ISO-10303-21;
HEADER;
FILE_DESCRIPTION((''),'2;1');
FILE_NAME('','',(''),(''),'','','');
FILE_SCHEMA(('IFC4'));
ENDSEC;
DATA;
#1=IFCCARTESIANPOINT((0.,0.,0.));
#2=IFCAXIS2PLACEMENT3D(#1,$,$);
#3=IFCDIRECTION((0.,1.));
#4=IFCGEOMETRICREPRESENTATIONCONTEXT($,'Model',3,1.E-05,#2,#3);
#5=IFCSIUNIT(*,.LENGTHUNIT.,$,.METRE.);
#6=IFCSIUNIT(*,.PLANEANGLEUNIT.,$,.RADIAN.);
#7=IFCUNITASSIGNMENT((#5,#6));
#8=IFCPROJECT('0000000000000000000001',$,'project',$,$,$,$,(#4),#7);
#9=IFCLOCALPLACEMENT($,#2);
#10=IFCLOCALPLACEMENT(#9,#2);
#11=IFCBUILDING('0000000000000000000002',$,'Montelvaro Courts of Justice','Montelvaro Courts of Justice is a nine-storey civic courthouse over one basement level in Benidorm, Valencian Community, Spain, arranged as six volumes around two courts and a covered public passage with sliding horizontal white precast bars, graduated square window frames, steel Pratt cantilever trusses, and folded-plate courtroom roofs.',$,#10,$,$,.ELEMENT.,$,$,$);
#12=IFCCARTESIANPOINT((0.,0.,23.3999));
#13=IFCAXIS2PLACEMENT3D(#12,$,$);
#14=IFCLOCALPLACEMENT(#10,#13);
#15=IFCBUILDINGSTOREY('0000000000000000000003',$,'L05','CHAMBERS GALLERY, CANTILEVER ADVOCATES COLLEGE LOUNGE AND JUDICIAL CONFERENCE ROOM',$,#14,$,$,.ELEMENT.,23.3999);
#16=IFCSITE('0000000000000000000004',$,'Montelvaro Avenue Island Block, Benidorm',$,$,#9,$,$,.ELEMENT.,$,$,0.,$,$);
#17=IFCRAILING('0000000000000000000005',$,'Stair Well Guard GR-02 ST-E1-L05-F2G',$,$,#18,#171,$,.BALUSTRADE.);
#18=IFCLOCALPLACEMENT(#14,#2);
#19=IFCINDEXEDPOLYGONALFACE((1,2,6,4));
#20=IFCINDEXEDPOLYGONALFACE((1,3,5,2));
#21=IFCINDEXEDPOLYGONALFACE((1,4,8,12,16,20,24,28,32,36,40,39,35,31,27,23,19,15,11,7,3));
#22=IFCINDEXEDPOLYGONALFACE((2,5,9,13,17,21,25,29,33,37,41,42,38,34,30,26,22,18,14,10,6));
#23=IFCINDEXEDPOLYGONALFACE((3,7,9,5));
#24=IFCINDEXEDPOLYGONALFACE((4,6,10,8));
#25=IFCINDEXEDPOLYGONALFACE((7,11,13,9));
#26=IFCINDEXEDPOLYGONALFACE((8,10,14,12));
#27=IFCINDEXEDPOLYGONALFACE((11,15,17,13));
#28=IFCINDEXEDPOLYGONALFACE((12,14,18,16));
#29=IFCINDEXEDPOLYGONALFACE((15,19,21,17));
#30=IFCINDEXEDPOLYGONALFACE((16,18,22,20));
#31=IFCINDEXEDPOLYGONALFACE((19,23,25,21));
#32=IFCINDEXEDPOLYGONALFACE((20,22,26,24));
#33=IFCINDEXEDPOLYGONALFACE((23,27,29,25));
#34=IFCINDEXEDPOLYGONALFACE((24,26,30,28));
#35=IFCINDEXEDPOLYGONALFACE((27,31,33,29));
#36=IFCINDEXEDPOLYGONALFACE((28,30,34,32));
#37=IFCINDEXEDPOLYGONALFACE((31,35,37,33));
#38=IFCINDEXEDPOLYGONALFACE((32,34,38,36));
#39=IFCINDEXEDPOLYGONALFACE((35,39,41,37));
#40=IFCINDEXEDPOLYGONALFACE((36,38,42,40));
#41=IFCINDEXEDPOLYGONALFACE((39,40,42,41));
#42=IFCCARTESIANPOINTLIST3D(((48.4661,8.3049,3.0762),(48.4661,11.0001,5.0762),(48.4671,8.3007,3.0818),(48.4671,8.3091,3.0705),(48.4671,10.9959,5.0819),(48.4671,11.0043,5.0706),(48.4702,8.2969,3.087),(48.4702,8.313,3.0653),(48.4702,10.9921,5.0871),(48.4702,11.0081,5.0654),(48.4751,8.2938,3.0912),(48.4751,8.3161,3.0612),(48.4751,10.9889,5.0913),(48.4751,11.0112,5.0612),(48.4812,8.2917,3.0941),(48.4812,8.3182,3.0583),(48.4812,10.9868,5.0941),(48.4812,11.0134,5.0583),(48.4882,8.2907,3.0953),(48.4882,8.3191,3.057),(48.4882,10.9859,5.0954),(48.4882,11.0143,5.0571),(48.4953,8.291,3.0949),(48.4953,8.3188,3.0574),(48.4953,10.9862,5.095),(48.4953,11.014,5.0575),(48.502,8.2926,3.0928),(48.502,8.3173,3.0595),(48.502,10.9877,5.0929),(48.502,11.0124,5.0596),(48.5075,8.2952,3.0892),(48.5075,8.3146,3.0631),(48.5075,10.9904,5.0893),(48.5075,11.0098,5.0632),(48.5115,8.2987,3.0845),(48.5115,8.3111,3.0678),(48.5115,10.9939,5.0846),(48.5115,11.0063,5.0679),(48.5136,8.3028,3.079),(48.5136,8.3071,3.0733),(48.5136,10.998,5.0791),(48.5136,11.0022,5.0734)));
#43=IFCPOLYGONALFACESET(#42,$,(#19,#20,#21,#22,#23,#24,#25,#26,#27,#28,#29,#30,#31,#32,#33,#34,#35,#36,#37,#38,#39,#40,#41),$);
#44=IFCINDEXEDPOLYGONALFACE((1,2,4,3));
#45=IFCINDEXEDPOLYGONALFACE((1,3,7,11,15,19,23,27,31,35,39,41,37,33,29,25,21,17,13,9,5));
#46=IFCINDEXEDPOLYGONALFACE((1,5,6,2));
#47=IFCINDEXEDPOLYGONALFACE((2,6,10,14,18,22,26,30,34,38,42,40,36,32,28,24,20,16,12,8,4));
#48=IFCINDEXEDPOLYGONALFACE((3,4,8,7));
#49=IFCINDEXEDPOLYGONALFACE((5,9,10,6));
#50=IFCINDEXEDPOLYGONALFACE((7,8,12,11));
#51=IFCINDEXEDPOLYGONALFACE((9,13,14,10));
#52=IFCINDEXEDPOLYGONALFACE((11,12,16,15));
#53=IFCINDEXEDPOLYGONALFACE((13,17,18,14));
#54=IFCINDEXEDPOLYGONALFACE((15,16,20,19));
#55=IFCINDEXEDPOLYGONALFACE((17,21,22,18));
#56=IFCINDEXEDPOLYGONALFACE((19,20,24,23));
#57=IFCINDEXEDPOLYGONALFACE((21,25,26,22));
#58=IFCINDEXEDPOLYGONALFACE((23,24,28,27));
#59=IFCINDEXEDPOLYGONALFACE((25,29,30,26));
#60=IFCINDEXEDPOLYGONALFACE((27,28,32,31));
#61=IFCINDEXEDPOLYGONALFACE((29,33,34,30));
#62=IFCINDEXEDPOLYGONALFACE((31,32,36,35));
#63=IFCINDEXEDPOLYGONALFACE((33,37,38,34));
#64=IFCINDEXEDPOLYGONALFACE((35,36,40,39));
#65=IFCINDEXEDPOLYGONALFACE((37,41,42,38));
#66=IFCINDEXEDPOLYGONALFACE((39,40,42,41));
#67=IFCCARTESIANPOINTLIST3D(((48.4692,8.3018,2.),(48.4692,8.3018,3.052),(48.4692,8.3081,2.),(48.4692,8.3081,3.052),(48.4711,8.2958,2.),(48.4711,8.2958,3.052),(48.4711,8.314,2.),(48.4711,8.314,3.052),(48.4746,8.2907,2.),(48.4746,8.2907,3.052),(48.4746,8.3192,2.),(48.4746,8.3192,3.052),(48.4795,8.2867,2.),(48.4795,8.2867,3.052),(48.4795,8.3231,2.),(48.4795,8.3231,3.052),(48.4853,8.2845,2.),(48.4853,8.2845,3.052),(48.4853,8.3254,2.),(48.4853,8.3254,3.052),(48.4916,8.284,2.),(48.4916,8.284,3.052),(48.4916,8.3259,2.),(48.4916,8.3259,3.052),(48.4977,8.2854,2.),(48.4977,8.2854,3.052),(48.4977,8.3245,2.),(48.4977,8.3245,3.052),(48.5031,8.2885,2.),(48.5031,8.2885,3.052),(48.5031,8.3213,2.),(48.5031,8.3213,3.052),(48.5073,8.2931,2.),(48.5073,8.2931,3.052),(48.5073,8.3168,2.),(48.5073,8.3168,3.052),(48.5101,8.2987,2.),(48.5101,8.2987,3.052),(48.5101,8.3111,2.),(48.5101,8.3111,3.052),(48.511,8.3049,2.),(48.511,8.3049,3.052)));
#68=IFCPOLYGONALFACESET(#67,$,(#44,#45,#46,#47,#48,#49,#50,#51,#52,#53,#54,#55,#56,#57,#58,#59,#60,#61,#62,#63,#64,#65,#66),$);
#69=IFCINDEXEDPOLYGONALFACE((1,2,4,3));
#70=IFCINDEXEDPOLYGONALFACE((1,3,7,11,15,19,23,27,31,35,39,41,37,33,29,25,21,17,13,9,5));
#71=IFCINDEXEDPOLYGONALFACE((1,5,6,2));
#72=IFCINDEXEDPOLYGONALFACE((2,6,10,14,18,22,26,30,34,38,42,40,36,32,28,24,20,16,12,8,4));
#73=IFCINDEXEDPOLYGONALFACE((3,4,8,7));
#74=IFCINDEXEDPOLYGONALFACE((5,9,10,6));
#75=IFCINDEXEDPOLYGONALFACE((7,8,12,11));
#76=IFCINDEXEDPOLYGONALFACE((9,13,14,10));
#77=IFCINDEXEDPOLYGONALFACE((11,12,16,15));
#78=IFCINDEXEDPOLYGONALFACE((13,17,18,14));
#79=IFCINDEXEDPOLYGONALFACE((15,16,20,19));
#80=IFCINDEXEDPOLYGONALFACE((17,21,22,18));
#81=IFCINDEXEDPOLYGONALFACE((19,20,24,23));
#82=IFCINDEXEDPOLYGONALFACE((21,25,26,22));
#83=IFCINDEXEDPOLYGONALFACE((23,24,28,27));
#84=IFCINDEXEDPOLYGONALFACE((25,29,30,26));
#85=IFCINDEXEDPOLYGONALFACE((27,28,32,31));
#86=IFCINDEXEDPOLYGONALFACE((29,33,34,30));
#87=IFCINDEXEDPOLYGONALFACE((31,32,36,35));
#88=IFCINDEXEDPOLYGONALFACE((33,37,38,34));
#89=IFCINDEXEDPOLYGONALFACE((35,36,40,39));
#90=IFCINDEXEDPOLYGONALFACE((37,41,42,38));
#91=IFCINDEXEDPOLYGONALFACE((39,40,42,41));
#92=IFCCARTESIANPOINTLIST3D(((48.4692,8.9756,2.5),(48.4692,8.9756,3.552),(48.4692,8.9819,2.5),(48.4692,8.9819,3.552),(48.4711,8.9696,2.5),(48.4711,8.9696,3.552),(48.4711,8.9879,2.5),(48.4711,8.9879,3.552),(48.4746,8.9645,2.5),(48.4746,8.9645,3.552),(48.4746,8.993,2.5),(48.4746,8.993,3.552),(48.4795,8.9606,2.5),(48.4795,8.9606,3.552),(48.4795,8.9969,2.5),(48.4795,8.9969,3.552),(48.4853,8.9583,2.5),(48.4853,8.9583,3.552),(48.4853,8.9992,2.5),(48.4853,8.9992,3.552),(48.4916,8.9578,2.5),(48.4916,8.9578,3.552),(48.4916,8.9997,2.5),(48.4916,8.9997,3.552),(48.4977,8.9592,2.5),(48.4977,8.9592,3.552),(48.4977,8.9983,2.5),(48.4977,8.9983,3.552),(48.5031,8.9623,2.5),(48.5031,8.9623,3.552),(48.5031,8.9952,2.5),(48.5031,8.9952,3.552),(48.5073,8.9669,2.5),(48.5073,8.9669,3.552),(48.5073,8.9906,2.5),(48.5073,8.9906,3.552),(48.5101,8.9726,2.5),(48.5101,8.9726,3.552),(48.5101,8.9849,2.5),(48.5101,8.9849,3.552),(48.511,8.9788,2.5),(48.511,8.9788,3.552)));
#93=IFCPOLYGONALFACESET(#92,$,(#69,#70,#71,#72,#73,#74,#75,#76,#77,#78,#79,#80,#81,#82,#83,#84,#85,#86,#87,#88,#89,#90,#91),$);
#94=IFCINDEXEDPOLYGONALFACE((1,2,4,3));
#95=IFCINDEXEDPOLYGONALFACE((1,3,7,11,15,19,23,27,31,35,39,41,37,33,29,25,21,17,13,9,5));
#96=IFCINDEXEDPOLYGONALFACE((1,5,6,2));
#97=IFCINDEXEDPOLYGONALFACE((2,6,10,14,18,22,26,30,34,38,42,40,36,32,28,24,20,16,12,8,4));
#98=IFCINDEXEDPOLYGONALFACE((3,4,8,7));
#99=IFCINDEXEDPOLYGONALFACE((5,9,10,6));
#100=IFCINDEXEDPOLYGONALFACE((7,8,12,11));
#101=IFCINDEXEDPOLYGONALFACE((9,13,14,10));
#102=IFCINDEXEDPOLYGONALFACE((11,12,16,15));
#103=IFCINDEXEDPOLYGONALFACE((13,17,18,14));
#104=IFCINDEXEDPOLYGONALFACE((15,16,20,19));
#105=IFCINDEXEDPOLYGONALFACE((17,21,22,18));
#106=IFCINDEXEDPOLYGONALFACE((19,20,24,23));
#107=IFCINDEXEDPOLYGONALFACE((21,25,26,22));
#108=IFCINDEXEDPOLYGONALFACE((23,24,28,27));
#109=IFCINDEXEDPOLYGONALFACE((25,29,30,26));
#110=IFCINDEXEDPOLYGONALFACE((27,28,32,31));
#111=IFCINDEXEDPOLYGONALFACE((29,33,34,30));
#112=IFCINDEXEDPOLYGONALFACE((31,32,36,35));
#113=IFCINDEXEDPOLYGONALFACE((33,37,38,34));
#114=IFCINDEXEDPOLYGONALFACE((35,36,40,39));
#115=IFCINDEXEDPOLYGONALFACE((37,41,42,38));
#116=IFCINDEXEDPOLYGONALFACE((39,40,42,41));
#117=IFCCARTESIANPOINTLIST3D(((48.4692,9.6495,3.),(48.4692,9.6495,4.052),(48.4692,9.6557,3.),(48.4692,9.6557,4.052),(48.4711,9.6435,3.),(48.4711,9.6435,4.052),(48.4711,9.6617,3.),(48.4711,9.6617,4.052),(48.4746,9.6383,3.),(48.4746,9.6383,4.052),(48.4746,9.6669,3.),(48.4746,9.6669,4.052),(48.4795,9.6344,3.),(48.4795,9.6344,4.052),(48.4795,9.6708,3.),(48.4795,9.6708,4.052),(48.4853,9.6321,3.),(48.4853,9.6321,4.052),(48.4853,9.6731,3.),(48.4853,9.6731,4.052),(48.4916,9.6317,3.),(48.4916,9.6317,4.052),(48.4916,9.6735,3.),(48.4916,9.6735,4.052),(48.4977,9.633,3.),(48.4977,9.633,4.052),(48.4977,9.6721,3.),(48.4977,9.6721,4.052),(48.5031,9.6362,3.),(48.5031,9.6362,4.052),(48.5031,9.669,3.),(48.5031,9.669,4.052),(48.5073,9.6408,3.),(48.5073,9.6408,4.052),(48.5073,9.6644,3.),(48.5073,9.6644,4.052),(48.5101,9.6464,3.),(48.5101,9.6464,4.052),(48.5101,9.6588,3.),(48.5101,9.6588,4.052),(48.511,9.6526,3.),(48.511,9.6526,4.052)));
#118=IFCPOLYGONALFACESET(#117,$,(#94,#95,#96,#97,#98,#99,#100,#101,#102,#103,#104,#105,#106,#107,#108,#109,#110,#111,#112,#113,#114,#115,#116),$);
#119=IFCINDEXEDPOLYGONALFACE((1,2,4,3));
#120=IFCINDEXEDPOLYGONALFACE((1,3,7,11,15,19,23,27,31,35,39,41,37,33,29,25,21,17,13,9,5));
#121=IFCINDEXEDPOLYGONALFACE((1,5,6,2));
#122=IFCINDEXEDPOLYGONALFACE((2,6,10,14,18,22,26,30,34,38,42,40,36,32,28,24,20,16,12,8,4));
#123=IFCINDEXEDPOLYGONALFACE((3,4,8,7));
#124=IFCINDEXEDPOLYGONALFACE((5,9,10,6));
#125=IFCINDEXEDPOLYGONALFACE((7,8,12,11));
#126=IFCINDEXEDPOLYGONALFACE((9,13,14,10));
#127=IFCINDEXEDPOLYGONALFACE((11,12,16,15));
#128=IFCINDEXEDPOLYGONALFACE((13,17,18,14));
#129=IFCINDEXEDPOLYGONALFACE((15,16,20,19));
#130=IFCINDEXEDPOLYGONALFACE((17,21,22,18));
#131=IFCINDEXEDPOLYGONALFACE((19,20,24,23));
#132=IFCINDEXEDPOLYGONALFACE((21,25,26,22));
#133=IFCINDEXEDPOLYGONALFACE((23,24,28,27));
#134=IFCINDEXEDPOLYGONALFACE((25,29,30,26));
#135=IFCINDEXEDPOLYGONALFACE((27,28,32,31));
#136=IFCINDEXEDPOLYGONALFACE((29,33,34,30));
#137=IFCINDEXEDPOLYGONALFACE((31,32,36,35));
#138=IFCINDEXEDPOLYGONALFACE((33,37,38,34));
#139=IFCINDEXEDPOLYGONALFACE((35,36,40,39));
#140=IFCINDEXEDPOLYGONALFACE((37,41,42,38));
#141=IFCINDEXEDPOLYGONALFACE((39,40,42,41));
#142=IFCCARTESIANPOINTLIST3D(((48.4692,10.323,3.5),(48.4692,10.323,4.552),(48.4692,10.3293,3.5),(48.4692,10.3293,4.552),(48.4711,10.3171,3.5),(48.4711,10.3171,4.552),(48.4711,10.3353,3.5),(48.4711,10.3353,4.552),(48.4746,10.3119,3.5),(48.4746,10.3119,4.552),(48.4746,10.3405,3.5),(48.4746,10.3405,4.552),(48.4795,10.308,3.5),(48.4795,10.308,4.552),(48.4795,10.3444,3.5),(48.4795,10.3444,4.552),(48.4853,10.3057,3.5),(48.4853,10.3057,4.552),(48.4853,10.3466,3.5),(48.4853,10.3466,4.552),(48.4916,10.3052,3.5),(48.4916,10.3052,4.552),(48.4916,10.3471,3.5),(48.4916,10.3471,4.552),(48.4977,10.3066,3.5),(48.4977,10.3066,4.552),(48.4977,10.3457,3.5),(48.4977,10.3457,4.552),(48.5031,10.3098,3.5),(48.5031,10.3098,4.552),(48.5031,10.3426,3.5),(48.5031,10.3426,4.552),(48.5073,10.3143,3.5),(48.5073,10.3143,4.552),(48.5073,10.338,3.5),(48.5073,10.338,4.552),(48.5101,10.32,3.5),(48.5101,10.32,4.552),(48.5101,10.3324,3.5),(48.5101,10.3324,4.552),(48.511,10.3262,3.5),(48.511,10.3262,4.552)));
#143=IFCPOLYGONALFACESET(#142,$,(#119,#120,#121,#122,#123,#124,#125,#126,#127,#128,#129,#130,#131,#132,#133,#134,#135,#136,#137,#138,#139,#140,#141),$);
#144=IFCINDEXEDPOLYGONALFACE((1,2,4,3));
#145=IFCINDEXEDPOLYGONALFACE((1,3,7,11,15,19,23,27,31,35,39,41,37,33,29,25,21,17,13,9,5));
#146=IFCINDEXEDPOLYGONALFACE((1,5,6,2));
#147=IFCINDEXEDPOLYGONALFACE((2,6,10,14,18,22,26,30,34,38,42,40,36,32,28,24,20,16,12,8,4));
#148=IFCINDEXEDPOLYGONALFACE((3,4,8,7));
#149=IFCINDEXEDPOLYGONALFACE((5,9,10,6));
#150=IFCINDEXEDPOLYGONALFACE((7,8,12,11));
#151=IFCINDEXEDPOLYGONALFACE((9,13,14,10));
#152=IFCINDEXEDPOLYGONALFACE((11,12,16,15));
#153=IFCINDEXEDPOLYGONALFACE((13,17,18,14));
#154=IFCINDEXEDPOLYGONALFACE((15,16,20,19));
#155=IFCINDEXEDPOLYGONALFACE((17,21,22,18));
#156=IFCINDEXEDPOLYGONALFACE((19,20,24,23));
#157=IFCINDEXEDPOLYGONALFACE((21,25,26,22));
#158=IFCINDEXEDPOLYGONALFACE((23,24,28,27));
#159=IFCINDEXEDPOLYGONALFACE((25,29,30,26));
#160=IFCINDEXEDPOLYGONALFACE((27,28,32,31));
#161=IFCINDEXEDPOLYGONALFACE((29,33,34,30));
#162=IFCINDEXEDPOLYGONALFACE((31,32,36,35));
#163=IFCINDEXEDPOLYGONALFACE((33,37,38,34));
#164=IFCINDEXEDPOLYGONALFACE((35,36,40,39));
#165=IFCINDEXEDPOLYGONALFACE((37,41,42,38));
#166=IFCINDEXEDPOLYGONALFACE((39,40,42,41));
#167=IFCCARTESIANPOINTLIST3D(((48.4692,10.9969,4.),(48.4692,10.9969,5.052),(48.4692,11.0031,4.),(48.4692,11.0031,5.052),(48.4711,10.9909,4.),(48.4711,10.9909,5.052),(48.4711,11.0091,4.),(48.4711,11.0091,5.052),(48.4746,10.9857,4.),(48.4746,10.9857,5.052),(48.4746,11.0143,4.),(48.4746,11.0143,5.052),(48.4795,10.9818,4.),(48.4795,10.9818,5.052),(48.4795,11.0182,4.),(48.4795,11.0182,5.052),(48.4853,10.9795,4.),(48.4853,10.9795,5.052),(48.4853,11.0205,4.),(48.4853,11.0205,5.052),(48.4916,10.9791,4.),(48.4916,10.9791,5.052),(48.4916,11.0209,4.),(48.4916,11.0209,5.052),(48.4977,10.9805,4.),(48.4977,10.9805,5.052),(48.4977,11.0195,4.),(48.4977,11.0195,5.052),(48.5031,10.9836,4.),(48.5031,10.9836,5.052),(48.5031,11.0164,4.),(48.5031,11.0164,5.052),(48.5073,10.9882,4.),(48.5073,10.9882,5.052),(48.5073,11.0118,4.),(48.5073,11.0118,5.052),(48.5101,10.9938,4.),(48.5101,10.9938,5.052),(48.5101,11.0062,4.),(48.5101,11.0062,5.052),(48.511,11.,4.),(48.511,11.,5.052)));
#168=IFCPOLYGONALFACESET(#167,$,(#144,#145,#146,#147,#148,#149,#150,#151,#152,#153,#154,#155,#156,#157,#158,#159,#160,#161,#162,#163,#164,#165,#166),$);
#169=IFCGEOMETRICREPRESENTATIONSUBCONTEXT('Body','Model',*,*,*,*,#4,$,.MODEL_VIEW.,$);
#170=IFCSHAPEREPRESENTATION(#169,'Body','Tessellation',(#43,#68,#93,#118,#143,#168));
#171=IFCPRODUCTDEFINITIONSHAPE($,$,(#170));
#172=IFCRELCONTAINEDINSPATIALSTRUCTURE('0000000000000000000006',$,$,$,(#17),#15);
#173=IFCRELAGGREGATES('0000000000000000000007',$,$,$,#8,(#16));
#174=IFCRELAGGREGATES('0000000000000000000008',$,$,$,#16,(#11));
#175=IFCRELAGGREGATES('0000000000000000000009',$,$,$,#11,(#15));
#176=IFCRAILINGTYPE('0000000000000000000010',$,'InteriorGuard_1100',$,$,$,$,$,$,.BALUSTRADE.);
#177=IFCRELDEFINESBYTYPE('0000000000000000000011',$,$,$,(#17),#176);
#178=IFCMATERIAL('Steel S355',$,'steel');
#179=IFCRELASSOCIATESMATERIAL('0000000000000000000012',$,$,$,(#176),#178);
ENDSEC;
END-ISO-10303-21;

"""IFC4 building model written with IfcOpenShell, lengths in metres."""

from ifc_helpers import new_model, si_unit, direction, frame, origin, origin_2d, place, context, subcontext, project, spatial, circle, extrude, material, type_object, element, save


model = new_model("IFC4")

# Units and contexts
model_context = context("Model", 3, precision=1e-05, world=origin(), true_north=direction((0.0, 1.0)))
body_context = subcontext(model_context, "Body", "Model", "MODEL_VIEW")
ifc_project = project(units=[si_unit("LENGTHUNIT", "METRE"), si_unit("PLANEANGLEUNIT", "RADIAN")], contexts=[model_context])

# Site, building, storey
site_placement = place(None, origin())
site = spatial("IfcSite", under=ifc_project, at=site_placement, Name="Montelvaro Avenue Island Block, Benidorm", CompositionType="ELEMENT", RefElevation=0.0)
building_placement = place(site_placement, origin())
building = spatial("IfcBuilding", under=site, at=building_placement, Name="Montelvaro Courts of Justice", Description="Montelvaro Courts of Justice is a nine-storey civic courthouse over one basement level in Benidorm, Valencian Community, Spain, arranged as six volumes around two courts and a covered public passage with sliding horizontal white precast bars, graduated square window frames, steel Pratt cantilever trusses, and folded-plate courtroom roofs.", CompositionType="ELEMENT")
storey_placement = place(building_placement, frame((0.0, 0.0, 23.3999)))
storey = spatial("IfcBuildingStorey", under=building, at=storey_placement, Name="L05", Description="CHAMBERS GALLERY, CANTILEVER ADVOCATES COLLEGE LOUNGE AND JUDICIAL CONFERENCE ROOM", CompositionType="ELEMENT", Elevation=23.3999)

# Shared definitions
ifc_material_1 = material(Name="Steel S355", Category="steel")

# Railing
railing_type_1 = type_object("IfcRailingType", Name="InteriorGuard_1100", PredefinedType="BALUSTRADE", material=ifc_material_1)
railing_1_placement = place(storey_placement, frame((48.49, 8.3049, 2.0)))
element("IfcRailing", 1, at=railing_1_placement, inside=storey, type_object=railing_type_1, Name="Stair Well Guard GR-02 ST-E1-L05-F2G", PredefinedType="BALUSTRADE", context=body_context, shape_type="SweptSolid", body=[
    extrude(circle(Radius=0.0239, at=origin_2d()), frame((0.0, 0.0, 1.0762), z_axis=(0.0, 0.803036, 0.59593), x_axis=(-1.0, 0.0, 0.0)), (0.0, 0.0, 1.0), 3.3562),
    extrude(circle(Radius=0.021, at=origin_2d()), origin(), (0.0, 0.0, 1.0), 1.052),
    extrude(circle(Radius=0.021, at=origin_2d()), frame((0.0, 0.6738, 0.5)), (0.0, 0.0, 1.0), 1.052),
    extrude(circle(Radius=0.021, at=origin_2d()), frame((0.0, 1.3477, 1.0)), (0.0, 0.0, 1.0), 1.052),
    extrude(circle(Radius=0.021, at=origin_2d()), frame((0.0, 2.0212, 1.5)), (0.0, 0.0, 1.0), 1.052),
    extrude(circle(Radius=0.021, at=origin_2d()), frame((0.0, 2.6951, 2.0)), (0.0, 0.0, 1.0), 1.052),
])

save(model, "model.ifc")
